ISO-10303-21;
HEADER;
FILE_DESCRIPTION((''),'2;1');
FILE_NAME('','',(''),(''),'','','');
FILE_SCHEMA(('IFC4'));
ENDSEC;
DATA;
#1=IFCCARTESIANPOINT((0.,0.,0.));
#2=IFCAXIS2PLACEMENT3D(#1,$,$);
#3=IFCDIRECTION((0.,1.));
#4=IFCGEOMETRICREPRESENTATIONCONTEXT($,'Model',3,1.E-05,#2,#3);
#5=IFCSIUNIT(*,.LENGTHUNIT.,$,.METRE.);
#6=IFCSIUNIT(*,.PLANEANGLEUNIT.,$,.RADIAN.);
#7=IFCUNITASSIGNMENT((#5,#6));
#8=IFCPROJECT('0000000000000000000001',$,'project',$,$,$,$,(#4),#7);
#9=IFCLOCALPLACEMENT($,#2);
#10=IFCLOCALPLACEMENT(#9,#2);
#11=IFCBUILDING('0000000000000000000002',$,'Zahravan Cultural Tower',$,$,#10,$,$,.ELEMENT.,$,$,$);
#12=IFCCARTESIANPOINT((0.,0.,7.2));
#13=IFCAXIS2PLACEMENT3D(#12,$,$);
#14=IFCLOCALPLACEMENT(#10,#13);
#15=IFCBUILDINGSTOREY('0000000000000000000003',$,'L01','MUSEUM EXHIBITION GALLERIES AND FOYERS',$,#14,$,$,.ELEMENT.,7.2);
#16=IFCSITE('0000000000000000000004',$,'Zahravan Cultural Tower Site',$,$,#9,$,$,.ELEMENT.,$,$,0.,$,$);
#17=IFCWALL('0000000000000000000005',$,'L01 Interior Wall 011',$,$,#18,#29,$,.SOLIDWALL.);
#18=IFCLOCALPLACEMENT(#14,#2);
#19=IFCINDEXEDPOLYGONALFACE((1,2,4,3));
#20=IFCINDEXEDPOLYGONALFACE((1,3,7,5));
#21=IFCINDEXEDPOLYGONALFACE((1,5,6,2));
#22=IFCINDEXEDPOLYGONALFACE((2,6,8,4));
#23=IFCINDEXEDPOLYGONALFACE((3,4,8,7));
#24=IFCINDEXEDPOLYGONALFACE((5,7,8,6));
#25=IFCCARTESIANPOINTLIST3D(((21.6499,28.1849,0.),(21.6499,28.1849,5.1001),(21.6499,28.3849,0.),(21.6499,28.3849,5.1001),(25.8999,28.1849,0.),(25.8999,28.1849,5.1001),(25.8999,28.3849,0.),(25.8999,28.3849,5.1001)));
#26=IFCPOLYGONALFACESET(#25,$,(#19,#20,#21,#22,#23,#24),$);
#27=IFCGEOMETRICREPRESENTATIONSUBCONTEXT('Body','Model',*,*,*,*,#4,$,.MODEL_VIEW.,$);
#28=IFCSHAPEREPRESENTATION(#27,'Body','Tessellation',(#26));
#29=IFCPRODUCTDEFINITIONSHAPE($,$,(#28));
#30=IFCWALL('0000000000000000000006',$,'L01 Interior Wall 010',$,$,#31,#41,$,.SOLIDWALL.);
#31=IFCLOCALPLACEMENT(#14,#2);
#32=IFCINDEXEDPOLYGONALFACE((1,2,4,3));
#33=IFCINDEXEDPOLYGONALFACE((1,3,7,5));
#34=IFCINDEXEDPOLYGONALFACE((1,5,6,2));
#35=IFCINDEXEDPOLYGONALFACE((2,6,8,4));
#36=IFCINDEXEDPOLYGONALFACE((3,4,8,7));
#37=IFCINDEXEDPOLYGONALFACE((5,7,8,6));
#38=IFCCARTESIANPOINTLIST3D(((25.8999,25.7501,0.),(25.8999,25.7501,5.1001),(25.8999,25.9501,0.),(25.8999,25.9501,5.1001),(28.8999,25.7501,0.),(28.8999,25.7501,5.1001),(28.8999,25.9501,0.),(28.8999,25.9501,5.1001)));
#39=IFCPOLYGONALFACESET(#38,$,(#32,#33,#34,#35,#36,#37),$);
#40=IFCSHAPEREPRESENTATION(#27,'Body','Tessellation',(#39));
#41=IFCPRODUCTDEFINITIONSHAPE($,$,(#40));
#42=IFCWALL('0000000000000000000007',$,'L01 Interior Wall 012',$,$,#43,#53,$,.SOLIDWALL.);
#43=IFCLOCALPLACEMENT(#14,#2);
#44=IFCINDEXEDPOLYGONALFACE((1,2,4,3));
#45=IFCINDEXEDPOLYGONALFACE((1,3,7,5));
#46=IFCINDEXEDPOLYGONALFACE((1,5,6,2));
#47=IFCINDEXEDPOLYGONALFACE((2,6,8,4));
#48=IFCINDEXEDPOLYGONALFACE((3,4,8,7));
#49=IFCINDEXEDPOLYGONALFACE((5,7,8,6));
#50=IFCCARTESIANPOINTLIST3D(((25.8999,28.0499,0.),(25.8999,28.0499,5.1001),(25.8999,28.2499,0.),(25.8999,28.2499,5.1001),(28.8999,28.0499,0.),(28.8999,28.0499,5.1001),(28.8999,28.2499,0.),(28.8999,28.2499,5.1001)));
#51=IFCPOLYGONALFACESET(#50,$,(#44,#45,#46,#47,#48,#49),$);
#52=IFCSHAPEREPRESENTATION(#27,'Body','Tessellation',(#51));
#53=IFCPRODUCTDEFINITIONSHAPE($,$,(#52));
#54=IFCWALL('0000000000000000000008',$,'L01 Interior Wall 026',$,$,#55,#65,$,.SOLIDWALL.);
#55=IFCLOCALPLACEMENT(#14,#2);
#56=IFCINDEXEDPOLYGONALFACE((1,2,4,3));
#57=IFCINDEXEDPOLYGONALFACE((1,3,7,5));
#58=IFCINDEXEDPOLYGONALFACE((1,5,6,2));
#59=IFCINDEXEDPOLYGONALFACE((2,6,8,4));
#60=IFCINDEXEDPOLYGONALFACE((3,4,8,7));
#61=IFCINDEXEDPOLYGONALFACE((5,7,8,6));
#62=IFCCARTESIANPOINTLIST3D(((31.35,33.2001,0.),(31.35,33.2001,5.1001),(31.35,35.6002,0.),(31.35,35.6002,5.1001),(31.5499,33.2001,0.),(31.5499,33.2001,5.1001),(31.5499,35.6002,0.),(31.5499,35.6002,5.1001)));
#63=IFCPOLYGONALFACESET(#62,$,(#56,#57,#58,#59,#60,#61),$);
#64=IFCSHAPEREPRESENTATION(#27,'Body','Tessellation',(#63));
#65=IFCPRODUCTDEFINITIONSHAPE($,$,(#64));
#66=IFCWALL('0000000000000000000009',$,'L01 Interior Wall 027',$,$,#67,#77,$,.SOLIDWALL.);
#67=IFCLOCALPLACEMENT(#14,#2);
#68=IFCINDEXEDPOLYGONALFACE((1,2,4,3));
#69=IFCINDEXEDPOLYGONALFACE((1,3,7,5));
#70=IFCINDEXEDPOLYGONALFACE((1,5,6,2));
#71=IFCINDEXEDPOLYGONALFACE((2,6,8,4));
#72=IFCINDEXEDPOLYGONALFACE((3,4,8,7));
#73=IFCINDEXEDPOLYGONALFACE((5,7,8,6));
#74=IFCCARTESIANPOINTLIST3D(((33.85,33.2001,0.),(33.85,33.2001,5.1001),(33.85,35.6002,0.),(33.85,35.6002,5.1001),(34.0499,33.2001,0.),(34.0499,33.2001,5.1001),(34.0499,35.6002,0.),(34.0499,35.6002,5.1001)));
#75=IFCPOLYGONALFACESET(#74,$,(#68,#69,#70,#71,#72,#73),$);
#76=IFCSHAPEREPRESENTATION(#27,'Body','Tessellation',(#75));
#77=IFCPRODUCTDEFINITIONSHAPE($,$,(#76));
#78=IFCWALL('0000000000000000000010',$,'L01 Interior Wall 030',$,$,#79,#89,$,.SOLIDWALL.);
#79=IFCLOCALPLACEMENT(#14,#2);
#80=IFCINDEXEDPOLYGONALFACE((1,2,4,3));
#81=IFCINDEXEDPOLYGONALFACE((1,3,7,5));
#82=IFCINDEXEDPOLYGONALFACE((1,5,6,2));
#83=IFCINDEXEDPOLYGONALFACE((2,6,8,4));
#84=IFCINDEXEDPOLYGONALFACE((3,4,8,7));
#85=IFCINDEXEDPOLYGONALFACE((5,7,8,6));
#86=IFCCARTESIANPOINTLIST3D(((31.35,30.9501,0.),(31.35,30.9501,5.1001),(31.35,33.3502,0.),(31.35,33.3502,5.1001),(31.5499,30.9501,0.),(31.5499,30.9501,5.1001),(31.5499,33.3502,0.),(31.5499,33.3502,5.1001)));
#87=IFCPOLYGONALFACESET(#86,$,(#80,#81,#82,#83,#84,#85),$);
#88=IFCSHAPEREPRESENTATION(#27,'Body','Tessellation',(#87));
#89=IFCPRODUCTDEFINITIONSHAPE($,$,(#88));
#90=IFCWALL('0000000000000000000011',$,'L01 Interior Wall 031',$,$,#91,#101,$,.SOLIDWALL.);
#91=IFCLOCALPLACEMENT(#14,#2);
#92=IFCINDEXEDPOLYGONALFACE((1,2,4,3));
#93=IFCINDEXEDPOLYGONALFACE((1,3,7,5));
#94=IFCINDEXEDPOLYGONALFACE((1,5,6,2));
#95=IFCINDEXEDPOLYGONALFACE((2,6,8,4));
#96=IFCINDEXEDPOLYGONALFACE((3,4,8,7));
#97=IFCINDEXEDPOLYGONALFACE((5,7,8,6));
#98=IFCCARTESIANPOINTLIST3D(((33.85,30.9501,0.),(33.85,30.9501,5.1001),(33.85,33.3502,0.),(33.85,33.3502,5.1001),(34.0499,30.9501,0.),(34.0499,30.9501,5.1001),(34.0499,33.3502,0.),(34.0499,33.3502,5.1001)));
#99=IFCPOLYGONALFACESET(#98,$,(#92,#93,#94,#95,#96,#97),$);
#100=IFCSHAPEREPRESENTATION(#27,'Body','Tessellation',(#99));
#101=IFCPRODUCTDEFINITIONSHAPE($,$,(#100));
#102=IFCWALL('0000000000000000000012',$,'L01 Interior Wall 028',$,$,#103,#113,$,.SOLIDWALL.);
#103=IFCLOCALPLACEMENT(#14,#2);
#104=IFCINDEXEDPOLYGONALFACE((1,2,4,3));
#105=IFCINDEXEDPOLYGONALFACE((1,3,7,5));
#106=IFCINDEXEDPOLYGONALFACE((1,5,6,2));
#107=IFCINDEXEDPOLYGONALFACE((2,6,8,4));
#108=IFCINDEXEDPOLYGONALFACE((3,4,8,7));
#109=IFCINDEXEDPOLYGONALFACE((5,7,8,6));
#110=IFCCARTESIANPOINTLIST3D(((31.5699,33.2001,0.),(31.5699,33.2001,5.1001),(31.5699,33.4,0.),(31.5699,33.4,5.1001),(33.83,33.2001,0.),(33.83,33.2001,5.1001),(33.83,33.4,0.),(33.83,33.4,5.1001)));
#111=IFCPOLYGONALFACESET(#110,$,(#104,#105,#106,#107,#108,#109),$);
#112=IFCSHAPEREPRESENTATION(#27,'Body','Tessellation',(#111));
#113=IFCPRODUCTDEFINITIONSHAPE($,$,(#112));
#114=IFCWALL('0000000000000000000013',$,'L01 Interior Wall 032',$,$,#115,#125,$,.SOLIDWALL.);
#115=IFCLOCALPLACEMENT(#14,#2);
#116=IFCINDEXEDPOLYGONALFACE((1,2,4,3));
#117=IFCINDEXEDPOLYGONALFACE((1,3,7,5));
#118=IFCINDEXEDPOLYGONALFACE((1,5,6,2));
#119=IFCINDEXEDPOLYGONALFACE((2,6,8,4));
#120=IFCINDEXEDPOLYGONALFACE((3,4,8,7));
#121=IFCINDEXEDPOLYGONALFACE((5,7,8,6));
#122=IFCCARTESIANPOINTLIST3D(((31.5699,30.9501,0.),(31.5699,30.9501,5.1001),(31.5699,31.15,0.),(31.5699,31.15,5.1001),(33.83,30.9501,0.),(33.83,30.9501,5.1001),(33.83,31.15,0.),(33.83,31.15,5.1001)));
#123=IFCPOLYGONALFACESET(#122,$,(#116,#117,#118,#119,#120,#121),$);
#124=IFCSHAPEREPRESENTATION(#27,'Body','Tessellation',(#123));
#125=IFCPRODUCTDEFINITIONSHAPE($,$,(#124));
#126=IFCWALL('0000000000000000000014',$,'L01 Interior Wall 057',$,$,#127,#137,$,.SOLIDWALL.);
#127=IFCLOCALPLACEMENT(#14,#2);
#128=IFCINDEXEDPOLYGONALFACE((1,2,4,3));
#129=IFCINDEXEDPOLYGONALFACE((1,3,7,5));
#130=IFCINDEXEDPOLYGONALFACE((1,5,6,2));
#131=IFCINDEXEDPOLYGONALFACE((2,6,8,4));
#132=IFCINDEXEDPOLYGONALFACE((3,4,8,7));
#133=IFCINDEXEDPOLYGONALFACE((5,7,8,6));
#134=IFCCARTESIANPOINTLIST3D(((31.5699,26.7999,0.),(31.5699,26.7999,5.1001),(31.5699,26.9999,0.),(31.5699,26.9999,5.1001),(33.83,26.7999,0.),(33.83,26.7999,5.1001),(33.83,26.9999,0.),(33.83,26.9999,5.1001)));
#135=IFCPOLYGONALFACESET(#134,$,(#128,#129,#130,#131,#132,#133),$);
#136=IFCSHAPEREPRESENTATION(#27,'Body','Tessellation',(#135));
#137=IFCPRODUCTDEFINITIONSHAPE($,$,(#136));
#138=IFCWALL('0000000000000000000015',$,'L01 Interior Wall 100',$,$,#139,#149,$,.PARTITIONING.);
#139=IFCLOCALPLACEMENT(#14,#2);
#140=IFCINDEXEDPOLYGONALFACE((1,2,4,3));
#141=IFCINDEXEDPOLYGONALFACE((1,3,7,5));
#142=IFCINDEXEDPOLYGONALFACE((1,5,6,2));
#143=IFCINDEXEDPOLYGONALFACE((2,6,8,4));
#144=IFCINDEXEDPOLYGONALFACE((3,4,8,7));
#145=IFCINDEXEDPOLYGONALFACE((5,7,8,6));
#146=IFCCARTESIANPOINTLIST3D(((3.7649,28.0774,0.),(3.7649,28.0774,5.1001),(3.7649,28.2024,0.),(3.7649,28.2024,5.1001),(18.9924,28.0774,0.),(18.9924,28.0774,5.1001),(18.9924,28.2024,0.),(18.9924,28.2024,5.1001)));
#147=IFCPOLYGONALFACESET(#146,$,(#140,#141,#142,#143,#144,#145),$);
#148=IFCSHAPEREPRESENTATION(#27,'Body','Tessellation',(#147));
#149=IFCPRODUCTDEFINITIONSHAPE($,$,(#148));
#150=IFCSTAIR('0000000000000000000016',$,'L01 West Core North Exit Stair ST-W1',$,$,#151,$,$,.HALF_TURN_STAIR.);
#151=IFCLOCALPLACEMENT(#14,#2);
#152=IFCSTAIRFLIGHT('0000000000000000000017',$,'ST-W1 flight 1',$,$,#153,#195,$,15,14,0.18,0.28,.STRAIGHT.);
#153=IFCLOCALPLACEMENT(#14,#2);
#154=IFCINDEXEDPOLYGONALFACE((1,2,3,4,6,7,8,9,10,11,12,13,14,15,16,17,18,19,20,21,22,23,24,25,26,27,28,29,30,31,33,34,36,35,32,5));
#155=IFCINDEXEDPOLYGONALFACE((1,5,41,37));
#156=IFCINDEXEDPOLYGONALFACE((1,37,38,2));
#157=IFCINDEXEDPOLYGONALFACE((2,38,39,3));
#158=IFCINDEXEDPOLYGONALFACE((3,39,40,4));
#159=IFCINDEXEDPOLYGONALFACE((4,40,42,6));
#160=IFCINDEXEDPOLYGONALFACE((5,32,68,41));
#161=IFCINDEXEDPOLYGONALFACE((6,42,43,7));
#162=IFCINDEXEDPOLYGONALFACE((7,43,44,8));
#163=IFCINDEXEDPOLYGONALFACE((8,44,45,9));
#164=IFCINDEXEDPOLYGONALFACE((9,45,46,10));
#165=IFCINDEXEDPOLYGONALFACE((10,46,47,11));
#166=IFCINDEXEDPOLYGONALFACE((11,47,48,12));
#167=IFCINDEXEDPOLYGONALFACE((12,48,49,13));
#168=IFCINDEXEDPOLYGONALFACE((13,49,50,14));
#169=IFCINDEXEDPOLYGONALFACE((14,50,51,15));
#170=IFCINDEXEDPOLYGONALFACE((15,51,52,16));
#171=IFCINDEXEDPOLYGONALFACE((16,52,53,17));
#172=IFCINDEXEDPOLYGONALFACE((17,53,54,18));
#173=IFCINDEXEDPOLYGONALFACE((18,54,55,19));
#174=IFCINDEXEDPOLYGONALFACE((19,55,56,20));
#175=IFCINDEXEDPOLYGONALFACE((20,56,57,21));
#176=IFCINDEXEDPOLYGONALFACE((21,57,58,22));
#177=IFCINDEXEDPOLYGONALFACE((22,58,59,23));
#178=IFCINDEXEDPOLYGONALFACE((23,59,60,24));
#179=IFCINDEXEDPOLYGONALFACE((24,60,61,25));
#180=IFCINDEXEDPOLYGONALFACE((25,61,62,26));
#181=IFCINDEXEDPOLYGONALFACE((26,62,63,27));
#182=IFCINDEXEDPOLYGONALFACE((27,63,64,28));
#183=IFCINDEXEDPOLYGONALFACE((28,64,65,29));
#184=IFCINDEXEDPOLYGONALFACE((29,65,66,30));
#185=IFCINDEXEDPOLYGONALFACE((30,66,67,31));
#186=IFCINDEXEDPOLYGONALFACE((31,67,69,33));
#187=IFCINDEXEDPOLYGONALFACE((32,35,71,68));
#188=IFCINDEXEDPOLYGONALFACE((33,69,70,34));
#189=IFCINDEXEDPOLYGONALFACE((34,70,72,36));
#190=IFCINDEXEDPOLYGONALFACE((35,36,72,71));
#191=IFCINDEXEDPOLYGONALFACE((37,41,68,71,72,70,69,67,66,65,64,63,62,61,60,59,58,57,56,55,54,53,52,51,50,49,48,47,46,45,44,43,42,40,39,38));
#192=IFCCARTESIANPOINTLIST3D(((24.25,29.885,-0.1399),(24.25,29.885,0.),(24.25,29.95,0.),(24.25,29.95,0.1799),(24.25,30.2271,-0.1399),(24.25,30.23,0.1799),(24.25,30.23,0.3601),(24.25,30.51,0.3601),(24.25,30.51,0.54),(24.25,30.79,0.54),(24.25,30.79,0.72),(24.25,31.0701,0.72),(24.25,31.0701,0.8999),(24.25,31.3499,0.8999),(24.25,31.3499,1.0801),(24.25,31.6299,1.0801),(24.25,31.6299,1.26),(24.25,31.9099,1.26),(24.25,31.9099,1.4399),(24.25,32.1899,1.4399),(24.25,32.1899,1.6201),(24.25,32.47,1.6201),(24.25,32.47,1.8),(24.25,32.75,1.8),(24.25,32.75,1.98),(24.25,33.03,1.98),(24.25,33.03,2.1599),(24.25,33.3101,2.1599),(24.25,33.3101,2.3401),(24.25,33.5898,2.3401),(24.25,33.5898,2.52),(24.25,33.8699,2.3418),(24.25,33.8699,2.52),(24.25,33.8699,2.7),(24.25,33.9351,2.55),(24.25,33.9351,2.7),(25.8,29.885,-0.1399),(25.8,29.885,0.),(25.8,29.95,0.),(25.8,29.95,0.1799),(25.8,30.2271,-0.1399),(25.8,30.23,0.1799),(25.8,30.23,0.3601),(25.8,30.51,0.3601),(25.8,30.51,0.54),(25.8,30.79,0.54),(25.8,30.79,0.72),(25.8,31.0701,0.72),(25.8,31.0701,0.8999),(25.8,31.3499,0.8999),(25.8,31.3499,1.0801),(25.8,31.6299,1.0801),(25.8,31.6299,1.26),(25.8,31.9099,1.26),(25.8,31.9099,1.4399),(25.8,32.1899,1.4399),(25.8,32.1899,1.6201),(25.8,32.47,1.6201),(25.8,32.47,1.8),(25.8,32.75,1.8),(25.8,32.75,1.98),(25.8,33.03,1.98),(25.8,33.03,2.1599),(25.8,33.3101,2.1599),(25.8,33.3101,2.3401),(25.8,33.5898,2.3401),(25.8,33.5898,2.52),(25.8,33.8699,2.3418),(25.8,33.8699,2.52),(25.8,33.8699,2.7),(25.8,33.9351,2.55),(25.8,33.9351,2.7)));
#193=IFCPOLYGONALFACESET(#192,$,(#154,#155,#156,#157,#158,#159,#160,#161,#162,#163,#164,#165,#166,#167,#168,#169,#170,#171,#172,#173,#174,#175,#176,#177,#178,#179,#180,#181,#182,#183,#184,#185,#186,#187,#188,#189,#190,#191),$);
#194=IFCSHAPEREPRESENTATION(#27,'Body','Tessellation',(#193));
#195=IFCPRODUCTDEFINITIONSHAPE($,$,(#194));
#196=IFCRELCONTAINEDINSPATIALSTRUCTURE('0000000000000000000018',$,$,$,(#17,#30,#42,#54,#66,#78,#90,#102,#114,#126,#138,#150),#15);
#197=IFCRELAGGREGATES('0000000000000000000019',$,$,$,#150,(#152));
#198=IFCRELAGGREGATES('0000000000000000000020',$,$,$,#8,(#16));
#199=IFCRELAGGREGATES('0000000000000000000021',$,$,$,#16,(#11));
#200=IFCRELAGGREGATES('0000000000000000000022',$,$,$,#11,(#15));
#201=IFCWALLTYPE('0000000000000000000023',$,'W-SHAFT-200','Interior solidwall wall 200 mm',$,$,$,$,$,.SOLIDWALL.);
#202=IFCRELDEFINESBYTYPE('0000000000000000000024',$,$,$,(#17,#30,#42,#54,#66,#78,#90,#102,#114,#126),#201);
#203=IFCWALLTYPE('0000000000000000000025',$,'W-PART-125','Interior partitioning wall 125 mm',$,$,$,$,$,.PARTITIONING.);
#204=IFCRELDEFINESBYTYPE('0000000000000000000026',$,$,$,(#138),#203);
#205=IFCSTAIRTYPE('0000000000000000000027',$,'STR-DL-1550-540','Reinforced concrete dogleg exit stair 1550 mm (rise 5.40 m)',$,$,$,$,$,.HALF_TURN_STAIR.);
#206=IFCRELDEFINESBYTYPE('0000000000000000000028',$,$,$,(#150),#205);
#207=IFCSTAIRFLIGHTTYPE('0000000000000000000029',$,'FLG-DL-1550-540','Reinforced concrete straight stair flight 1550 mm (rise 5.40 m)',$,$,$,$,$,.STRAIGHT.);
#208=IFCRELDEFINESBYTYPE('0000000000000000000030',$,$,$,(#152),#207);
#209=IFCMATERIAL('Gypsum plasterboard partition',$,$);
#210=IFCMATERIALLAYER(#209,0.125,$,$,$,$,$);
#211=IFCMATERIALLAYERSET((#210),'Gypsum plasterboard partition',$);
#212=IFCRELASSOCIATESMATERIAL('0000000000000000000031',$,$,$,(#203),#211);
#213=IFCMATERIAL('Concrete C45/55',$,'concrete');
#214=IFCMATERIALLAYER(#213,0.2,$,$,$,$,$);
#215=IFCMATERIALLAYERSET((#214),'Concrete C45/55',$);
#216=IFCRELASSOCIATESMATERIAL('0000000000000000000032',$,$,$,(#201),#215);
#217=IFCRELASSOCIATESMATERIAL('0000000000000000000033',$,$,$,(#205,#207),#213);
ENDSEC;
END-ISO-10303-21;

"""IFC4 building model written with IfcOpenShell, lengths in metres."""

from ifc_helpers import new_model, si_unit, direction, frame, frame_2d, origin, place, context, subcontext, project, spatial, polyline, rectangle, outline, extrude, source, transform, mapped, material, layer, layer_set, type_object, element, aggregate, save


model = new_model("IFC4")

# Units and contexts
model_context = context("Model", 3, precision=1e-05, world=origin(), true_north=direction((0.0, 1.0)))
body_context = subcontext(model_context, "Body", "Model", "MODEL_VIEW")
ifc_project = project(units=[si_unit("LENGTHUNIT", "METRE"), si_unit("PLANEANGLEUNIT", "RADIAN")], contexts=[model_context])

# Site, building, storey
site_placement = place(None, origin())
site = spatial("IfcSite", under=ifc_project, at=site_placement, Name="Zahravan Cultural Tower Site", CompositionType="ELEMENT", RefElevation=0.0)
building_placement = place(site_placement, origin())
building = spatial("IfcBuilding", under=site, at=building_placement, Name="Zahravan Cultural Tower", CompositionType="ELEMENT")
storey_placement = place(building_placement, frame((0.0, 0.0, 7.2)))
storey = spatial("IfcBuildingStorey", under=building, at=storey_placement, Name="L01", Description="MUSEUM EXHIBITION GALLERIES AND FOYERS", CompositionType="ELEMENT", Elevation=7.2)

# Shared definitions
ifc_material_1 = material(Name="Gypsum plasterboard partition")
ifc_layer_1 = layer(ifc_material_1, 0.125)
ifc_layer_set_1 = layer_set([ifc_layer_1], Name="Gypsum plasterboard partition")
wall_type_1 = type_object("IfcWallType", Name="W-PART-125", Description="Interior partitioning wall 125 mm", PredefinedType="PARTITIONING", material=ifc_layer_set_1)
ifc_material_2 = material(Name="Concrete C45/55", Category="concrete")
ifc_layer_2 = layer(ifc_material_2, 0.2)
ifc_layer_set_2 = layer_set([ifc_layer_2], Name="Concrete C45/55")
wall_type_2 = type_object("IfcWallType", Name="W-SHAFT-200", Description="Interior solidwall wall 200 mm", PredefinedType="SOLIDWALL", material=ifc_layer_set_2)

# Walls
shared_shape_1 = source(origin(), body_context, "Body", "SweptSolid", [
    extrude(rectangle(XDim=4.25, YDim=0.2, at=frame_2d((2.125, 0.0))), origin(), (0.0, 0.0, 1.0), 5.1001),
])
for number, where, z_axis, x_axis, name in (
    (1, (21.6499, 28.2849, 0.0), (0.0, 0.0, 1.0), (1.0, 0.0, 0.0), "L01 Interior Wall 011"),
):
    element("IfcWall", number, at=place(storey_placement, frame(where, z_axis=z_axis, x_axis=x_axis)), inside=storey, type_object=wall_type_2, Name=name, PredefinedType="SOLIDWALL", context=body_context, shape_type="MappedRepresentation", body=[
        mapped(shared_shape_1, transform((0.0, 0.0, 0.0), x_axis=(1.0, 0.0, 0.0), y_axis=(0.0, 1.0, 0.0), z_axis=(0.0, 0.0, 1.0), scale=1.0)),
    ])
shared_shape_2 = source(origin(), body_context, "Body", "SweptSolid", [
    extrude(rectangle(XDim=3.0, YDim=0.2, at=frame_2d((1.5, 0.0))), origin(), (0.0, 0.0, 1.0), 5.1001),
])
for number, where, z_axis, x_axis, name in (
    (2, (25.8999, 25.8501, 0.0), (0.0, 0.0, 1.0), (1.0, 0.0, 0.0), "L01 Interior Wall 010"),
    (3, (25.8999, 28.1499, 0.0), (0.0, 0.0, 1.0), (1.0, 0.0, 0.0), "L01 Interior Wall 012"),
):
    element("IfcWall", number, at=place(storey_placement, frame(where, z_axis=z_axis, x_axis=x_axis)), inside=storey, type_object=wall_type_2, Name=name, PredefinedType="SOLIDWALL", context=body_context, shape_type="MappedRepresentation", body=[
        mapped(shared_shape_2, transform((0.0, 0.0, 0.0), x_axis=(1.0, 0.0, 0.0), y_axis=(0.0, 1.0, 0.0), z_axis=(0.0, 0.0, 1.0), scale=1.0)),
    ])
shared_shape_3 = source(origin(), body_context, "Body", "SweptSolid", [
    extrude(rectangle(XDim=2.4001, YDim=0.2, at=frame_2d((1.2002, 0.0))), origin(), (0.0, 0.0, 1.0), 5.1001),
])
for number, where, z_axis, x_axis, name in (
    (4, (31.45, 33.2, 0.0), (0.0, 0.0, 1.0), (0.0, 1.0, 0.0), "L01 Interior Wall 026"),
    (5, (33.95, 33.2, 0.0), (0.0, 0.0, 1.0), (0.0, 1.0, 0.0), "L01 Interior Wall 027"),
    (6, (31.45, 30.95, 0.0), (0.0, 0.0, 1.0), (0.0, 1.0, 0.0), "L01 Interior Wall 030"),
    (7, (33.95, 30.95, 0.0), (0.0, 0.0, 1.0), (0.0, 1.0, 0.0), "L01 Interior Wall 031"),
):
    element("IfcWall", number, at=place(storey_placement, frame(where, z_axis=z_axis, x_axis=x_axis)), inside=storey, type_object=wall_type_2, Name=name, PredefinedType="SOLIDWALL", context=body_context, shape_type="MappedRepresentation", body=[
        mapped(shared_shape_3, transform((0.0, 0.0, 0.0), x_axis=(1.0, 0.0, 0.0), y_axis=(0.0, 1.0, 0.0), z_axis=(0.0, 0.0, 1.0), scale=1.0)),
    ])
shared_shape_4 = source(origin(), body_context, "Body", "SweptSolid", [
    extrude(rectangle(XDim=2.26, YDim=0.2, at=frame_2d((1.1299, 0.0))), origin(), (0.0, 0.0, 1.0), 5.1001),
])
for number, where, z_axis, x_axis, name in (
    (8, (31.5701, 33.3, 0.0), (0.0, 0.0, 1.0), (1.0, 0.0, 0.0), "L01 Interior Wall 028"),
    (9, (31.5701, 31.05, 0.0), (0.0, 0.0, 1.0), (1.0, 0.0, 0.0), "L01 Interior Wall 032"),
    (10, (31.5701, 26.8999, 0.0), (0.0, 0.0, 1.0), (1.0, 0.0, 0.0), "L01 Interior Wall 057"),
):
    element("IfcWall", number, at=place(storey_placement, frame(where, z_axis=z_axis, x_axis=x_axis)), inside=storey, type_object=wall_type_2, Name=name, PredefinedType="SOLIDWALL", context=body_context, shape_type="MappedRepresentation", body=[
        mapped(shared_shape_4, transform((0.0, 0.0, 0.0), x_axis=(1.0, 0.0, 0.0), y_axis=(0.0, 1.0, 0.0), z_axis=(0.0, 0.0, 1.0), scale=1.0)),
    ])
shared_shape_5 = source(origin(), body_context, "Body", "SweptSolid", [
    extrude(rectangle(XDim=15.2275, YDim=0.125, at=frame_2d((7.6138, 0.0))), origin(), (0.0, 0.0, 1.0), 5.1001),
])
wall_1_placement = place(storey_placement, frame((18.9924, 28.1399, 0.0), z_axis=(0.0, 0.0, 1.0), x_axis=(-1.0, 0.0, 0.0)))
element("IfcWall", 11, at=wall_1_placement, inside=storey, type_object=wall_type_1, Name="L01 Interior Wall 100", PredefinedType="PARTITIONING", context=body_context, shape_type="MappedRepresentation", body=[
    mapped(shared_shape_5, transform((0.0, 0.0, 0.0), x_axis=(1.0, 0.0, 0.0), y_axis=(0.0, 1.0, 0.0), z_axis=(0.0, 0.0, 1.0), scale=1.0)),
])

# Stair, stair flight
stair_type = type_object("IfcStairType", Name="STR-DL-1550-540", Description="Reinforced concrete dogleg exit stair 1550 mm (rise 5.40 m)", PredefinedType="HALF_TURN_STAIR", material=ifc_material_2)
stair_placement = place(storey_placement, origin())
stair = element("IfcStair", 12, at=stair_placement, inside=storey, type_object=stair_type, Name="L01 West Core North Exit Stair ST-W1", PredefinedType="HALF_TURN_STAIR")
stair_flight_type = type_object("IfcStairFlightType", Name="FLG-DL-1550-540", Description="Reinforced concrete straight stair flight 1550 mm (rise 5.40 m)", PredefinedType="STRAIGHT", material=ifc_material_2)
stair_flight_placement = place(storey_placement, frame((25.0249, 29.95, 0.0), z_axis=(0.0, 0.0, 1.0), x_axis=(0.0, 1.0, 0.0)))
stair_flight = element("IfcStairFlight", 13, at=stair_flight_placement, type_object=stair_flight_type, Name="ST-W1 flight 1", NumberOfRisers=15, NumberOfTreads=14, PredefinedType="STRAIGHT", RiserHeight=0.18, TreadLength=0.28, context=body_context, shape_type="SweptSolid", body=[
    extrude(outline(polyline([(-0.0649, -0.1399), (-0.0649, 0.0), (0.0, 0.0), (0.0, 0.1799), (0.28, 0.1799), (0.28, 0.3601), (0.5601, 0.3601), (0.5601, 0.54), (0.8401, 0.54), (0.8401, 0.72), (1.1201, 0.72), (1.1201, 0.8999), (1.3999, 0.8999), (1.3999, 1.0801), (1.6799, 1.0801), (1.6799, 1.26), (1.96, 1.26), (1.96, 1.4399), (2.24, 1.4399), (2.24, 1.6201), (2.52, 1.6201), (2.52, 1.8), (2.8, 1.8), (2.8, 1.98), (3.0801, 1.98), (3.0801, 2.1599), (3.3601, 2.1599), (3.3601, 2.3401), (3.6399, 2.3401), (3.6399, 2.52), (3.9199, 2.52), (3.9199, 2.7), (3.9851, 2.7), (3.9851, 2.55), (3.9199, 2.3418), (0.2771, -0.1399), (-0.0649, -0.1399)])), frame((0.0, 0.7749, 0.0), z_axis=(0.0, -1.0, 0.0), x_axis=(1.0, 0.0, 0.0)), (0.0, 0.0, 1.0), 1.55),
])
aggregate(stair, [stair_flight])

save(model, "model.ifc")
